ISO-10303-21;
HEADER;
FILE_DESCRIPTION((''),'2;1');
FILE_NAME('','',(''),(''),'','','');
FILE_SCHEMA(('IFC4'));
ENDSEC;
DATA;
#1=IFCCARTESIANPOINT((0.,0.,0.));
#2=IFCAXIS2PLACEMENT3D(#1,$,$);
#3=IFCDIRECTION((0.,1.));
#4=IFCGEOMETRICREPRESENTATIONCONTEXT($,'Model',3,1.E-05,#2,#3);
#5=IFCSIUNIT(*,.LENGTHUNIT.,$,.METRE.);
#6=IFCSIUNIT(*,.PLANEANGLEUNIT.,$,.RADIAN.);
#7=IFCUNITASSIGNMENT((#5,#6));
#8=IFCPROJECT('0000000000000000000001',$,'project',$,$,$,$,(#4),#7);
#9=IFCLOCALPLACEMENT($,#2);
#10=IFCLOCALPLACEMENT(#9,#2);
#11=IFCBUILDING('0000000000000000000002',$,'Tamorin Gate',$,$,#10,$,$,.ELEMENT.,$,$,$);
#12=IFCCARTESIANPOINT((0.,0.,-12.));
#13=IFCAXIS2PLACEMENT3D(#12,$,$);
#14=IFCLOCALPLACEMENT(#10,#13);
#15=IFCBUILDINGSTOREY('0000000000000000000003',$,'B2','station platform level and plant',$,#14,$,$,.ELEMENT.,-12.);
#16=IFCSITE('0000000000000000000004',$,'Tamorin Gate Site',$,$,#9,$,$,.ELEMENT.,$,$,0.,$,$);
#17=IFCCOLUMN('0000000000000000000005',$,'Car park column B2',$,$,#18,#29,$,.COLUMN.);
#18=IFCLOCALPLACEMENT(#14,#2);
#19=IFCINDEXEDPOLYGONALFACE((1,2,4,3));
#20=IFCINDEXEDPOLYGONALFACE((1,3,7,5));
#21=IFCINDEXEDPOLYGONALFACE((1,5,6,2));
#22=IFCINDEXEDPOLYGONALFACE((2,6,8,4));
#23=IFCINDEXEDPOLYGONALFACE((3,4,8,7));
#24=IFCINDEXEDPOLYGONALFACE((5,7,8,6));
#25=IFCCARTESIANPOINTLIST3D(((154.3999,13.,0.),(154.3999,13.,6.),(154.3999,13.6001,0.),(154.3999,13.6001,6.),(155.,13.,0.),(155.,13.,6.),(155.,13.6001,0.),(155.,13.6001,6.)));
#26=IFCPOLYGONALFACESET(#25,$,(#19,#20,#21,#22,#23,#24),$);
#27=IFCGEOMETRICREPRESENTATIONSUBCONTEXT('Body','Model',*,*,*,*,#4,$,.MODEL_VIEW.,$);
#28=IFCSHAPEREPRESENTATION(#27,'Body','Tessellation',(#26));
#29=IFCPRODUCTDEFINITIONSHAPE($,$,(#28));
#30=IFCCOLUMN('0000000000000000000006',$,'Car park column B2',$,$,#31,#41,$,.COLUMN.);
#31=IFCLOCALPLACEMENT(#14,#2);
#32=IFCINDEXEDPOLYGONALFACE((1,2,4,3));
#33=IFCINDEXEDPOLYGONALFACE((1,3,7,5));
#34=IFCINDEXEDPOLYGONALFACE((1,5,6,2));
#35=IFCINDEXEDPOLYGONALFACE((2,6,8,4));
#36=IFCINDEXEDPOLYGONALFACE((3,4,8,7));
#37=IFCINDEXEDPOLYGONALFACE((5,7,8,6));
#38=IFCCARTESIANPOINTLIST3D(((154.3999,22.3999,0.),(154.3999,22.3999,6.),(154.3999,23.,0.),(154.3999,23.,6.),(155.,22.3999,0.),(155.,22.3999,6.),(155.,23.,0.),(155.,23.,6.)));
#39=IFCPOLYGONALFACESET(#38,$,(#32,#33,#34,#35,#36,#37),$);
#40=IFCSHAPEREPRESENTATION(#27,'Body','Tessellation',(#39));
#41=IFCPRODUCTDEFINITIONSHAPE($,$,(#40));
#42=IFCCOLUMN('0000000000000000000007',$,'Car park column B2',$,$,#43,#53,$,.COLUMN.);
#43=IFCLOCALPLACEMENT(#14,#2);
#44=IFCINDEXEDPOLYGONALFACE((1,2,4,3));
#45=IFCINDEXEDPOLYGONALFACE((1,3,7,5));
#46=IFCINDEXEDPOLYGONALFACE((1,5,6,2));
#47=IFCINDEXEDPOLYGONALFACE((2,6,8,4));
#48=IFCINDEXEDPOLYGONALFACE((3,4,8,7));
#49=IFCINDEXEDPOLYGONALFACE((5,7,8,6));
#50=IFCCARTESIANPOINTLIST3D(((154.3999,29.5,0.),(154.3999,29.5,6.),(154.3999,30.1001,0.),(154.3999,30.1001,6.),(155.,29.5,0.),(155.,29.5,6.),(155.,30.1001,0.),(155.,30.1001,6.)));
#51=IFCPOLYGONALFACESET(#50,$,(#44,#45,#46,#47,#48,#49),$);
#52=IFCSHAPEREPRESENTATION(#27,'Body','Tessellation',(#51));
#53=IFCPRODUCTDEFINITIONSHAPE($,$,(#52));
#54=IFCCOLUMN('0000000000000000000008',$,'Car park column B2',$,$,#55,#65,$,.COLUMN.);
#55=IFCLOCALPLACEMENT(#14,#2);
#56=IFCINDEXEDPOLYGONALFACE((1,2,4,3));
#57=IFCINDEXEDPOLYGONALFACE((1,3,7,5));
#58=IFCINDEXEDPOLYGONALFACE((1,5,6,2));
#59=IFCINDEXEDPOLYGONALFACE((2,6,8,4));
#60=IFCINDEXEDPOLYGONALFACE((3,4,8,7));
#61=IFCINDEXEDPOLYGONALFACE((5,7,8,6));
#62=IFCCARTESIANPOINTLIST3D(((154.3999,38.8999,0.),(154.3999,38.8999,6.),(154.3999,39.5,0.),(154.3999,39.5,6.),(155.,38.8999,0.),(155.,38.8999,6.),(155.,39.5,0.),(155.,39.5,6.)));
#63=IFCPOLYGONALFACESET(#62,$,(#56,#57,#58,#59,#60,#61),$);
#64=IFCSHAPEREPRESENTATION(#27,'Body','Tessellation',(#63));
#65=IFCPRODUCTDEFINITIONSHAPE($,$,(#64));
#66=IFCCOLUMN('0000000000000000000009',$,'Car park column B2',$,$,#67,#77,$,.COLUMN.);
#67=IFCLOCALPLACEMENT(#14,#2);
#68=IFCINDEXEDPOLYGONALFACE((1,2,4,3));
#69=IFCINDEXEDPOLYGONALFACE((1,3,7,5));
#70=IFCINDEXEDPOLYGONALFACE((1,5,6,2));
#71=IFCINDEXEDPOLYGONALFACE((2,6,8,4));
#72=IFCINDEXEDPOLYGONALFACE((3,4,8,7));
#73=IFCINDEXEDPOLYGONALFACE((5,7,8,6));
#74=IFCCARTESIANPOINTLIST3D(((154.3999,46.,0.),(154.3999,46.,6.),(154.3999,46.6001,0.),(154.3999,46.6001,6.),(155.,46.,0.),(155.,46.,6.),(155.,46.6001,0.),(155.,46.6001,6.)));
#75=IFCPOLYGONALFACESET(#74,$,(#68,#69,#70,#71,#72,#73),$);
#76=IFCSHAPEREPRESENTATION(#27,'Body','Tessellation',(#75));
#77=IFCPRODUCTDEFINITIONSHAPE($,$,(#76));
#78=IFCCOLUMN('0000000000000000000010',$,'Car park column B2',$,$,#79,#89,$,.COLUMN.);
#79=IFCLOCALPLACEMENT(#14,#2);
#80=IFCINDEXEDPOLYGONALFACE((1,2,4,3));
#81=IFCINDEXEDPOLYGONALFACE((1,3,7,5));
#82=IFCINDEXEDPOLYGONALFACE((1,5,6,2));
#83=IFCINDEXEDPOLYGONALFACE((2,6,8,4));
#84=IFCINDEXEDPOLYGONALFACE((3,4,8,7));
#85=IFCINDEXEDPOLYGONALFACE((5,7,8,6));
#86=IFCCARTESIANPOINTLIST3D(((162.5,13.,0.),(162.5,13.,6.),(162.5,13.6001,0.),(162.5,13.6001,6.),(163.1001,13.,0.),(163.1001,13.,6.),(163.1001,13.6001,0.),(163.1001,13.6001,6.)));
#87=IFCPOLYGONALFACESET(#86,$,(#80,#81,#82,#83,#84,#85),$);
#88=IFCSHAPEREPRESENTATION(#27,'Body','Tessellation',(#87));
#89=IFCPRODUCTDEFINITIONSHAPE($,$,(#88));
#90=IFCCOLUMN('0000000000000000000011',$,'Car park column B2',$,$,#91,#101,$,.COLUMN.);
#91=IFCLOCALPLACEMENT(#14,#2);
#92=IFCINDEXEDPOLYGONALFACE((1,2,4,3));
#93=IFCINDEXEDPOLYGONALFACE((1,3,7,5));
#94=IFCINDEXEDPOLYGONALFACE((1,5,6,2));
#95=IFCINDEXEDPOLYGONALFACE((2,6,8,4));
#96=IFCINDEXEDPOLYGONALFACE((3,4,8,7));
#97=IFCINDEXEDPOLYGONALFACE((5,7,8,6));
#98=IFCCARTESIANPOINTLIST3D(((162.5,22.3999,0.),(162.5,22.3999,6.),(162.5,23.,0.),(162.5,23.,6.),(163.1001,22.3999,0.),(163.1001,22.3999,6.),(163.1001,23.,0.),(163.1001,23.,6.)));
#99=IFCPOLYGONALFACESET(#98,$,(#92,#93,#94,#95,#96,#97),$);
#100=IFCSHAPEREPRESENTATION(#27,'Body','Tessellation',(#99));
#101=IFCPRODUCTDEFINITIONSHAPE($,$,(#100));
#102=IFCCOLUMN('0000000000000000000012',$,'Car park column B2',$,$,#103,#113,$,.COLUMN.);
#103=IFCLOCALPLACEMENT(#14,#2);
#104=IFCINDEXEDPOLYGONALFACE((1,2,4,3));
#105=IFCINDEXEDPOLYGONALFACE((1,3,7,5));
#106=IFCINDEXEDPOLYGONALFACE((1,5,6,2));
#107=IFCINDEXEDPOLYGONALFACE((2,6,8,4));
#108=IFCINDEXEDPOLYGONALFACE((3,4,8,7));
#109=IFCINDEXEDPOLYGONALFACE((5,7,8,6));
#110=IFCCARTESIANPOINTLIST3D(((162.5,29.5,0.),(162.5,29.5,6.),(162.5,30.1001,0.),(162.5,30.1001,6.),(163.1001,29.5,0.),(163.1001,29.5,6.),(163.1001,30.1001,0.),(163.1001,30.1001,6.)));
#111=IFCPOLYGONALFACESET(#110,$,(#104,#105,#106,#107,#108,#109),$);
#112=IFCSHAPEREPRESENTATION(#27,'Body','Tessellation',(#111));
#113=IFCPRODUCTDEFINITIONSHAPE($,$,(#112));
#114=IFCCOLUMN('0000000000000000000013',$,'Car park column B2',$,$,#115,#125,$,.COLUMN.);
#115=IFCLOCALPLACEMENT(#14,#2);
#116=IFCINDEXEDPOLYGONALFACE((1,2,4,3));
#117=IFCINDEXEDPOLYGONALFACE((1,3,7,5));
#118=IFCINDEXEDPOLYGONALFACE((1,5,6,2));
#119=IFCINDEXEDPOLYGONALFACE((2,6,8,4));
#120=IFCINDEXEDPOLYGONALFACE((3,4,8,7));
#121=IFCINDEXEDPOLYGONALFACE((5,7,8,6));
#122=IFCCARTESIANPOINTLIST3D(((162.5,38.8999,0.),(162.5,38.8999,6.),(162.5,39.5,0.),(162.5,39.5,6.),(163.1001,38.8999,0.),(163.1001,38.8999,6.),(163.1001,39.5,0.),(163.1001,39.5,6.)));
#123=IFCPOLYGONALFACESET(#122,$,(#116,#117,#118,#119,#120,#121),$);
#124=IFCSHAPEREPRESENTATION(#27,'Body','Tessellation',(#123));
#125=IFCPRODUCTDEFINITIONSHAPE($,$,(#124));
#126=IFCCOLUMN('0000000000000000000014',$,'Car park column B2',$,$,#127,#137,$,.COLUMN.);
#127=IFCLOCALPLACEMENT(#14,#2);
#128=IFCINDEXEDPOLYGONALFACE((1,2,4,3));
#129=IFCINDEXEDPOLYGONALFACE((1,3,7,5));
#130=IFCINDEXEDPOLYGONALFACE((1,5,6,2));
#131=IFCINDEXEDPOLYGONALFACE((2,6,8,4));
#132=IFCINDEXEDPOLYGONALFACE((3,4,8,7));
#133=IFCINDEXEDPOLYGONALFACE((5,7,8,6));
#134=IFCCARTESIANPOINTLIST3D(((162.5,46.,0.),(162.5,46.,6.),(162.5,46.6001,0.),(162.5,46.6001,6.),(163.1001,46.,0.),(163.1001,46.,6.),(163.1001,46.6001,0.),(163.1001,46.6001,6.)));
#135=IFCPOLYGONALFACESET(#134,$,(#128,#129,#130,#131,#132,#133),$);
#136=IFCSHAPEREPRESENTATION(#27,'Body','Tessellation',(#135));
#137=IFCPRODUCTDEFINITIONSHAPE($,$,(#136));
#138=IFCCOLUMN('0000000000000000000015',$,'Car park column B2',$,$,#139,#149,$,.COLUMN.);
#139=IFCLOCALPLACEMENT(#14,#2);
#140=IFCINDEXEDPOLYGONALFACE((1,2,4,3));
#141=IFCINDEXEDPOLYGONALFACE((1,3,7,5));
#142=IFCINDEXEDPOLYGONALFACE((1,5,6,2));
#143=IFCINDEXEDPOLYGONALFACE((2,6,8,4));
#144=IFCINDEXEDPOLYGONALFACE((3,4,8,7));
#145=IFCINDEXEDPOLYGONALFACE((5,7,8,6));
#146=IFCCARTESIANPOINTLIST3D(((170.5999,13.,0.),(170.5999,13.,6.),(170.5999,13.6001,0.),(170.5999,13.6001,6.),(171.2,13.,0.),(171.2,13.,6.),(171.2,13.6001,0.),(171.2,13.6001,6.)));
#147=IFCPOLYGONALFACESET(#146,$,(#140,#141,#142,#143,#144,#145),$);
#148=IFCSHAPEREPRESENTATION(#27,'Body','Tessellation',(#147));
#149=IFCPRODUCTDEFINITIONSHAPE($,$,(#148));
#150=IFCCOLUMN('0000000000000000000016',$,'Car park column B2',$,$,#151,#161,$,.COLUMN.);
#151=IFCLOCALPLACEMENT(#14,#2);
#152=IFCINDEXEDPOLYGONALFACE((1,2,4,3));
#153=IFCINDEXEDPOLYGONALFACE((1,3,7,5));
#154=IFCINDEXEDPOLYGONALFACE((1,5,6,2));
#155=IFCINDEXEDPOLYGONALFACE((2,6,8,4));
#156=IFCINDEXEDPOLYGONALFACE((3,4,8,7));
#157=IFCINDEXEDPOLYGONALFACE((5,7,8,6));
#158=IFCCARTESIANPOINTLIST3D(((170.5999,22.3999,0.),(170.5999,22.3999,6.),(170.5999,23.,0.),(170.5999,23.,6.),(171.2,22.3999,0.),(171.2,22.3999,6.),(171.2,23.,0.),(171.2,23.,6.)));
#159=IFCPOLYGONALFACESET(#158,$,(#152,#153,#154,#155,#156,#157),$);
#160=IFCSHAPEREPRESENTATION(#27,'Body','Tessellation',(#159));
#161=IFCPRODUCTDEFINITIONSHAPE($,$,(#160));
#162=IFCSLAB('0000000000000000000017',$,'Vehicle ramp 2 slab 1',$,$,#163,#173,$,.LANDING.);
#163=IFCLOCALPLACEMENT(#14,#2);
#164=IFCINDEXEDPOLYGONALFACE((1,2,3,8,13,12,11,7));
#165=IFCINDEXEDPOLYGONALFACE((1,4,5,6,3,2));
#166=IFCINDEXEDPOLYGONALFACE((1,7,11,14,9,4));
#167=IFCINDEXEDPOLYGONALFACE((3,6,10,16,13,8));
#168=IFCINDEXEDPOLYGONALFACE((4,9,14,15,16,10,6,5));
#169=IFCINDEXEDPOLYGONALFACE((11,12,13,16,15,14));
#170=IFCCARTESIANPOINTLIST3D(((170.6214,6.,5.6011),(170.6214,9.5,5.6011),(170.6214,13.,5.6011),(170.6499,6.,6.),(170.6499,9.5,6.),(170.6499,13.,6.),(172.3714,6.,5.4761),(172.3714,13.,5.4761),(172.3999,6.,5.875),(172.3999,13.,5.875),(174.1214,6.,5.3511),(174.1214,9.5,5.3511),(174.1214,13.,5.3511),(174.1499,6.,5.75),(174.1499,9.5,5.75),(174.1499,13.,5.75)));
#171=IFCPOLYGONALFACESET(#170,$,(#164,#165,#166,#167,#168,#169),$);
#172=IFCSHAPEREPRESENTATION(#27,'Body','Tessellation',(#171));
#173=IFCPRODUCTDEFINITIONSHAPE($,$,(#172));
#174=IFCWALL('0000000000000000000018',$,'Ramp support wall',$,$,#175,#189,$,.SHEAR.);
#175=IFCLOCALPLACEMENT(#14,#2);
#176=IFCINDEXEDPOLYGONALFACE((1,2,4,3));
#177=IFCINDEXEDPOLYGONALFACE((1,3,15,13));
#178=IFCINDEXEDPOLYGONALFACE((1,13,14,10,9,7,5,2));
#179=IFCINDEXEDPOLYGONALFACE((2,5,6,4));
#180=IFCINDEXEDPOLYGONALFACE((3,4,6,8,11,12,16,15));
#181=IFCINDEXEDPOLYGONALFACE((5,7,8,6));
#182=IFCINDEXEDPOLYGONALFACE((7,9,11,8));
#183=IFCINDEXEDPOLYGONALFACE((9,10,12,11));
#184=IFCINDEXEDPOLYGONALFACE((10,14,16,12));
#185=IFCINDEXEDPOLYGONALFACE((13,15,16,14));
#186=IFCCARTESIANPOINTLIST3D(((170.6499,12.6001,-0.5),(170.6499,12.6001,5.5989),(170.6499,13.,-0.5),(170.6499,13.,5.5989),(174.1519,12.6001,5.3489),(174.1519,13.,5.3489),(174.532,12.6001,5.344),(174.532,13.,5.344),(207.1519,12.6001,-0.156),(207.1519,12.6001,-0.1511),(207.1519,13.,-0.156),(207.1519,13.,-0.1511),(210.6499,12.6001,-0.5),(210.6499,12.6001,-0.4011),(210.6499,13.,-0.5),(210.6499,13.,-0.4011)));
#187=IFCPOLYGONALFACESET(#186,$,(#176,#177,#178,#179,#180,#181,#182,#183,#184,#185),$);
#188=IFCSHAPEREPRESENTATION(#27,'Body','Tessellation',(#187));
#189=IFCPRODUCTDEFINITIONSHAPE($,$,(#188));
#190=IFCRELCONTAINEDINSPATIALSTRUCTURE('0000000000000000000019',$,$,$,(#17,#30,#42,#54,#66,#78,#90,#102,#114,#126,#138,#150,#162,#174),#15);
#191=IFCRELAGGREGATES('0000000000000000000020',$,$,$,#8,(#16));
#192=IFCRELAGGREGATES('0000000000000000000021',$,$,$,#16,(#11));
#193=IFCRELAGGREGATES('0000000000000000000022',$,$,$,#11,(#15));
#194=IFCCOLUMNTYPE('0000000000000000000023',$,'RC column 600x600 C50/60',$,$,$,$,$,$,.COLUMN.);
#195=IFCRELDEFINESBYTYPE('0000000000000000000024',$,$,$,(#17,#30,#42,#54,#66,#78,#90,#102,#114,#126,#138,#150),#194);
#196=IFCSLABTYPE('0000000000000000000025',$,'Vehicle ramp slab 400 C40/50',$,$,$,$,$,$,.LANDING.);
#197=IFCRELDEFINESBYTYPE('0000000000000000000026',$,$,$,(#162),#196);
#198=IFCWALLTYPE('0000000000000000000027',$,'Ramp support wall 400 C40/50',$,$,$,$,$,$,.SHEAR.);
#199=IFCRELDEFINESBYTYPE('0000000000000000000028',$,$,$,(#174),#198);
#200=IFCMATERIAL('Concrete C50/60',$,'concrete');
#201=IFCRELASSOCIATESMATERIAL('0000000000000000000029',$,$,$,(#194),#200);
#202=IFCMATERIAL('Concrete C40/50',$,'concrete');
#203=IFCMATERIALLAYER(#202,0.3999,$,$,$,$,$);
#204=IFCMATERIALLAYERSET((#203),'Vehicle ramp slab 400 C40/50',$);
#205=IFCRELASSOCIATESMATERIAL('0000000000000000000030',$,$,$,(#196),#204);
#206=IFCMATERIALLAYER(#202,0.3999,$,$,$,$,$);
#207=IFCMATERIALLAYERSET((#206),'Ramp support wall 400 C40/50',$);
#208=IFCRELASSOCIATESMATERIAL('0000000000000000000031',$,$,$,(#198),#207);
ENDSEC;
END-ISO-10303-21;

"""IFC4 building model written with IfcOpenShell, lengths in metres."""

from ifc_helpers import new_model, si_unit, direction, frame, origin, origin_2d, place, context, subcontext, project, spatial, polyline, rectangle, outline, extrude, material, layer, layer_set, material_profile, profile_set, type_object, element, save


model = new_model("IFC4")

# Units and contexts
model_context = context("Model", 3, precision=1e-05, world=origin(), true_north=direction((0.0, 1.0)))
body_context = subcontext(model_context, "Body", "Model", "MODEL_VIEW")
ifc_project = project(units=[si_unit("LENGTHUNIT", "METRE"), si_unit("PLANEANGLEUNIT", "RADIAN")], contexts=[model_context])

# Site, building, storey
site_placement = place(None, origin())
site = spatial("IfcSite", under=ifc_project, at=site_placement, Name="Tamorin Gate Site", CompositionType="ELEMENT", RefElevation=0.0)
building_placement = place(site_placement, origin())
building = spatial("IfcBuilding", under=site, at=building_placement, Name="Tamorin Gate", CompositionType="ELEMENT")
storey_placement = place(building_placement, frame((0.0, 0.0, -12.0)))
storey = spatial("IfcBuildingStorey", under=building, at=storey_placement, Name="B2", Description="station platform level and plant", CompositionType="ELEMENT", Elevation=-12.0)

# Shared definitions
ifc_material_1 = material(Name="Concrete C40/50", Category="concrete")

# Columns
ifc_material_2 = material(Name="Concrete C50/60", Category="concrete")
ifc_material_profile = material_profile(ifc_material_2, rectangle(XDim=0.6001, YDim=0.6001, at=origin_2d()))
ifc_profile_set = profile_set([ifc_material_profile], Name="Concrete C50/60")
column_type = type_object("IfcColumnType", Name="RC column 600x600 C50/60", PredefinedType="COLUMN", material=ifc_profile_set)
for number, where, z_axis, x_axis, name in (
    (1, (154.7, 13.3, 0.0), (0.0, 0.0, 1.0), (1.0, 0.0, 0.0), "Car park column B2"),
    (2, (154.7, 22.7, 0.0), (0.0, 0.0, 1.0), (1.0, 0.0, 0.0), "Car park column B2"),
    (3, (154.7, 29.8, 0.0), (0.0, 0.0, 1.0), (1.0, 0.0, 0.0), "Car park column B2"),
    (4, (154.7, 39.2, 0.0), (0.0, 0.0, 1.0), (1.0, 0.0, 0.0), "Car park column B2"),
    (5, (154.7, 46.3, 0.0), (0.0, 0.0, 1.0), (1.0, 0.0, 0.0), "Car park column B2"),
    (6, (162.8, 13.3, 0.0), (0.0, 0.0, 1.0), (1.0, 0.0, 0.0), "Car park column B2"),
    (7, (162.8, 22.7, 0.0), (0.0, 0.0, 1.0), (1.0, 0.0, 0.0), "Car park column B2"),
    (8, (162.8, 29.8, 0.0), (0.0, 0.0, 1.0), (1.0, 0.0, 0.0), "Car park column B2"),
    (9, (162.8, 39.2, 0.0), (0.0, 0.0, 1.0), (1.0, 0.0, 0.0), "Car park column B2"),
    (10, (162.8, 46.3, 0.0), (0.0, 0.0, 1.0), (1.0, 0.0, 0.0), "Car park column B2"),
    (11, (170.8999, 13.3, 0.0), (0.0, 0.0, 1.0), (1.0, 0.0, 0.0), "Car park column B2"),
    (12, (170.8999, 22.7, 0.0), (0.0, 0.0, 1.0), (1.0, 0.0, 0.0), "Car park column B2"),
):
    element("IfcColumn", number, at=place(storey_placement, frame(where, z_axis=z_axis, x_axis=x_axis)), inside=storey, type_object=column_type, Name=name, PredefinedType="COLUMN", context=body_context, shape_type="SweptSolid", body=[
        extrude(rectangle(XDim=0.6001, YDim=0.6001, at=origin_2d()), origin(), (0.0, 0.0, 1.0), 6.0),
    ])

# Slab
ifc_layer_1 = layer(ifc_material_1, 0.3999)
ifc_layer_set_1 = layer_set([ifc_layer_1], Name="Vehicle ramp slab 400 C40/50")
slab_type = type_object("IfcSlabType", Name="Vehicle ramp slab 400 C40/50", PredefinedType="LANDING", material=ifc_layer_set_1)
slab_placement = place(storey_placement, frame((170.6499, 6.0, 6.0), z_axis=(0.071247, 0.0, 0.997459), x_axis=(0.997459, 0.0, -0.071247)))
element("IfcSlab", 13, at=slab_placement, inside=storey, type_object=slab_type, Name="Vehicle ramp 2 slab 1", PredefinedType="LANDING", context=body_context, shape_type="SweptSolid", body=[
    extrude(outline(polyline([(0.0, 0.0), (1.7545, 0.0), (3.5089, 0.0), (3.5089, 3.5), (3.5089, 7.0), (1.7545, 7.0), (0.0, 7.0), (0.0, 3.5), (0.0, 0.0)])), origin(), (0.0, 0.0, -1.0), 0.3999),
])

# Wall
ifc_layer_2 = layer(ifc_material_1, 0.3999)
ifc_layer_set_2 = layer_set([ifc_layer_2], Name="Ramp support wall 400 C40/50")
wall_type = type_object("IfcWallType", Name="Ramp support wall 400 C40/50", PredefinedType="SHEAR", material=ifc_layer_set_2)
wall_placement = place(storey_placement, frame((170.6499, 12.8, -0.5), z_axis=(0.0, 0.0, 1.0), x_axis=(1.0, 0.0, 0.0)))
element("IfcWall", 14, at=wall_placement, inside=storey, type_object=wall_type, Name="Ramp support wall", PredefinedType="SHEAR", context=body_context, shape_type="SweptSolid", body=[
    extrude(outline(polyline([(0.0, 0.0), (40.0, 0.0), (40.0, 0.0989), (36.502, 0.3489), (36.502, 0.344), (3.8821, 5.844), (3.502, 5.8489), (0.0, 6.0989), (0.0, 0.0)])), frame((0.0, 0.2, 0.0), z_axis=(0.0, -1.0, 0.0), x_axis=(1.0, 0.0, 0.0)), (0.0, 0.0, 1.0), 0.3999),
])

save(model, "model.ifc")
